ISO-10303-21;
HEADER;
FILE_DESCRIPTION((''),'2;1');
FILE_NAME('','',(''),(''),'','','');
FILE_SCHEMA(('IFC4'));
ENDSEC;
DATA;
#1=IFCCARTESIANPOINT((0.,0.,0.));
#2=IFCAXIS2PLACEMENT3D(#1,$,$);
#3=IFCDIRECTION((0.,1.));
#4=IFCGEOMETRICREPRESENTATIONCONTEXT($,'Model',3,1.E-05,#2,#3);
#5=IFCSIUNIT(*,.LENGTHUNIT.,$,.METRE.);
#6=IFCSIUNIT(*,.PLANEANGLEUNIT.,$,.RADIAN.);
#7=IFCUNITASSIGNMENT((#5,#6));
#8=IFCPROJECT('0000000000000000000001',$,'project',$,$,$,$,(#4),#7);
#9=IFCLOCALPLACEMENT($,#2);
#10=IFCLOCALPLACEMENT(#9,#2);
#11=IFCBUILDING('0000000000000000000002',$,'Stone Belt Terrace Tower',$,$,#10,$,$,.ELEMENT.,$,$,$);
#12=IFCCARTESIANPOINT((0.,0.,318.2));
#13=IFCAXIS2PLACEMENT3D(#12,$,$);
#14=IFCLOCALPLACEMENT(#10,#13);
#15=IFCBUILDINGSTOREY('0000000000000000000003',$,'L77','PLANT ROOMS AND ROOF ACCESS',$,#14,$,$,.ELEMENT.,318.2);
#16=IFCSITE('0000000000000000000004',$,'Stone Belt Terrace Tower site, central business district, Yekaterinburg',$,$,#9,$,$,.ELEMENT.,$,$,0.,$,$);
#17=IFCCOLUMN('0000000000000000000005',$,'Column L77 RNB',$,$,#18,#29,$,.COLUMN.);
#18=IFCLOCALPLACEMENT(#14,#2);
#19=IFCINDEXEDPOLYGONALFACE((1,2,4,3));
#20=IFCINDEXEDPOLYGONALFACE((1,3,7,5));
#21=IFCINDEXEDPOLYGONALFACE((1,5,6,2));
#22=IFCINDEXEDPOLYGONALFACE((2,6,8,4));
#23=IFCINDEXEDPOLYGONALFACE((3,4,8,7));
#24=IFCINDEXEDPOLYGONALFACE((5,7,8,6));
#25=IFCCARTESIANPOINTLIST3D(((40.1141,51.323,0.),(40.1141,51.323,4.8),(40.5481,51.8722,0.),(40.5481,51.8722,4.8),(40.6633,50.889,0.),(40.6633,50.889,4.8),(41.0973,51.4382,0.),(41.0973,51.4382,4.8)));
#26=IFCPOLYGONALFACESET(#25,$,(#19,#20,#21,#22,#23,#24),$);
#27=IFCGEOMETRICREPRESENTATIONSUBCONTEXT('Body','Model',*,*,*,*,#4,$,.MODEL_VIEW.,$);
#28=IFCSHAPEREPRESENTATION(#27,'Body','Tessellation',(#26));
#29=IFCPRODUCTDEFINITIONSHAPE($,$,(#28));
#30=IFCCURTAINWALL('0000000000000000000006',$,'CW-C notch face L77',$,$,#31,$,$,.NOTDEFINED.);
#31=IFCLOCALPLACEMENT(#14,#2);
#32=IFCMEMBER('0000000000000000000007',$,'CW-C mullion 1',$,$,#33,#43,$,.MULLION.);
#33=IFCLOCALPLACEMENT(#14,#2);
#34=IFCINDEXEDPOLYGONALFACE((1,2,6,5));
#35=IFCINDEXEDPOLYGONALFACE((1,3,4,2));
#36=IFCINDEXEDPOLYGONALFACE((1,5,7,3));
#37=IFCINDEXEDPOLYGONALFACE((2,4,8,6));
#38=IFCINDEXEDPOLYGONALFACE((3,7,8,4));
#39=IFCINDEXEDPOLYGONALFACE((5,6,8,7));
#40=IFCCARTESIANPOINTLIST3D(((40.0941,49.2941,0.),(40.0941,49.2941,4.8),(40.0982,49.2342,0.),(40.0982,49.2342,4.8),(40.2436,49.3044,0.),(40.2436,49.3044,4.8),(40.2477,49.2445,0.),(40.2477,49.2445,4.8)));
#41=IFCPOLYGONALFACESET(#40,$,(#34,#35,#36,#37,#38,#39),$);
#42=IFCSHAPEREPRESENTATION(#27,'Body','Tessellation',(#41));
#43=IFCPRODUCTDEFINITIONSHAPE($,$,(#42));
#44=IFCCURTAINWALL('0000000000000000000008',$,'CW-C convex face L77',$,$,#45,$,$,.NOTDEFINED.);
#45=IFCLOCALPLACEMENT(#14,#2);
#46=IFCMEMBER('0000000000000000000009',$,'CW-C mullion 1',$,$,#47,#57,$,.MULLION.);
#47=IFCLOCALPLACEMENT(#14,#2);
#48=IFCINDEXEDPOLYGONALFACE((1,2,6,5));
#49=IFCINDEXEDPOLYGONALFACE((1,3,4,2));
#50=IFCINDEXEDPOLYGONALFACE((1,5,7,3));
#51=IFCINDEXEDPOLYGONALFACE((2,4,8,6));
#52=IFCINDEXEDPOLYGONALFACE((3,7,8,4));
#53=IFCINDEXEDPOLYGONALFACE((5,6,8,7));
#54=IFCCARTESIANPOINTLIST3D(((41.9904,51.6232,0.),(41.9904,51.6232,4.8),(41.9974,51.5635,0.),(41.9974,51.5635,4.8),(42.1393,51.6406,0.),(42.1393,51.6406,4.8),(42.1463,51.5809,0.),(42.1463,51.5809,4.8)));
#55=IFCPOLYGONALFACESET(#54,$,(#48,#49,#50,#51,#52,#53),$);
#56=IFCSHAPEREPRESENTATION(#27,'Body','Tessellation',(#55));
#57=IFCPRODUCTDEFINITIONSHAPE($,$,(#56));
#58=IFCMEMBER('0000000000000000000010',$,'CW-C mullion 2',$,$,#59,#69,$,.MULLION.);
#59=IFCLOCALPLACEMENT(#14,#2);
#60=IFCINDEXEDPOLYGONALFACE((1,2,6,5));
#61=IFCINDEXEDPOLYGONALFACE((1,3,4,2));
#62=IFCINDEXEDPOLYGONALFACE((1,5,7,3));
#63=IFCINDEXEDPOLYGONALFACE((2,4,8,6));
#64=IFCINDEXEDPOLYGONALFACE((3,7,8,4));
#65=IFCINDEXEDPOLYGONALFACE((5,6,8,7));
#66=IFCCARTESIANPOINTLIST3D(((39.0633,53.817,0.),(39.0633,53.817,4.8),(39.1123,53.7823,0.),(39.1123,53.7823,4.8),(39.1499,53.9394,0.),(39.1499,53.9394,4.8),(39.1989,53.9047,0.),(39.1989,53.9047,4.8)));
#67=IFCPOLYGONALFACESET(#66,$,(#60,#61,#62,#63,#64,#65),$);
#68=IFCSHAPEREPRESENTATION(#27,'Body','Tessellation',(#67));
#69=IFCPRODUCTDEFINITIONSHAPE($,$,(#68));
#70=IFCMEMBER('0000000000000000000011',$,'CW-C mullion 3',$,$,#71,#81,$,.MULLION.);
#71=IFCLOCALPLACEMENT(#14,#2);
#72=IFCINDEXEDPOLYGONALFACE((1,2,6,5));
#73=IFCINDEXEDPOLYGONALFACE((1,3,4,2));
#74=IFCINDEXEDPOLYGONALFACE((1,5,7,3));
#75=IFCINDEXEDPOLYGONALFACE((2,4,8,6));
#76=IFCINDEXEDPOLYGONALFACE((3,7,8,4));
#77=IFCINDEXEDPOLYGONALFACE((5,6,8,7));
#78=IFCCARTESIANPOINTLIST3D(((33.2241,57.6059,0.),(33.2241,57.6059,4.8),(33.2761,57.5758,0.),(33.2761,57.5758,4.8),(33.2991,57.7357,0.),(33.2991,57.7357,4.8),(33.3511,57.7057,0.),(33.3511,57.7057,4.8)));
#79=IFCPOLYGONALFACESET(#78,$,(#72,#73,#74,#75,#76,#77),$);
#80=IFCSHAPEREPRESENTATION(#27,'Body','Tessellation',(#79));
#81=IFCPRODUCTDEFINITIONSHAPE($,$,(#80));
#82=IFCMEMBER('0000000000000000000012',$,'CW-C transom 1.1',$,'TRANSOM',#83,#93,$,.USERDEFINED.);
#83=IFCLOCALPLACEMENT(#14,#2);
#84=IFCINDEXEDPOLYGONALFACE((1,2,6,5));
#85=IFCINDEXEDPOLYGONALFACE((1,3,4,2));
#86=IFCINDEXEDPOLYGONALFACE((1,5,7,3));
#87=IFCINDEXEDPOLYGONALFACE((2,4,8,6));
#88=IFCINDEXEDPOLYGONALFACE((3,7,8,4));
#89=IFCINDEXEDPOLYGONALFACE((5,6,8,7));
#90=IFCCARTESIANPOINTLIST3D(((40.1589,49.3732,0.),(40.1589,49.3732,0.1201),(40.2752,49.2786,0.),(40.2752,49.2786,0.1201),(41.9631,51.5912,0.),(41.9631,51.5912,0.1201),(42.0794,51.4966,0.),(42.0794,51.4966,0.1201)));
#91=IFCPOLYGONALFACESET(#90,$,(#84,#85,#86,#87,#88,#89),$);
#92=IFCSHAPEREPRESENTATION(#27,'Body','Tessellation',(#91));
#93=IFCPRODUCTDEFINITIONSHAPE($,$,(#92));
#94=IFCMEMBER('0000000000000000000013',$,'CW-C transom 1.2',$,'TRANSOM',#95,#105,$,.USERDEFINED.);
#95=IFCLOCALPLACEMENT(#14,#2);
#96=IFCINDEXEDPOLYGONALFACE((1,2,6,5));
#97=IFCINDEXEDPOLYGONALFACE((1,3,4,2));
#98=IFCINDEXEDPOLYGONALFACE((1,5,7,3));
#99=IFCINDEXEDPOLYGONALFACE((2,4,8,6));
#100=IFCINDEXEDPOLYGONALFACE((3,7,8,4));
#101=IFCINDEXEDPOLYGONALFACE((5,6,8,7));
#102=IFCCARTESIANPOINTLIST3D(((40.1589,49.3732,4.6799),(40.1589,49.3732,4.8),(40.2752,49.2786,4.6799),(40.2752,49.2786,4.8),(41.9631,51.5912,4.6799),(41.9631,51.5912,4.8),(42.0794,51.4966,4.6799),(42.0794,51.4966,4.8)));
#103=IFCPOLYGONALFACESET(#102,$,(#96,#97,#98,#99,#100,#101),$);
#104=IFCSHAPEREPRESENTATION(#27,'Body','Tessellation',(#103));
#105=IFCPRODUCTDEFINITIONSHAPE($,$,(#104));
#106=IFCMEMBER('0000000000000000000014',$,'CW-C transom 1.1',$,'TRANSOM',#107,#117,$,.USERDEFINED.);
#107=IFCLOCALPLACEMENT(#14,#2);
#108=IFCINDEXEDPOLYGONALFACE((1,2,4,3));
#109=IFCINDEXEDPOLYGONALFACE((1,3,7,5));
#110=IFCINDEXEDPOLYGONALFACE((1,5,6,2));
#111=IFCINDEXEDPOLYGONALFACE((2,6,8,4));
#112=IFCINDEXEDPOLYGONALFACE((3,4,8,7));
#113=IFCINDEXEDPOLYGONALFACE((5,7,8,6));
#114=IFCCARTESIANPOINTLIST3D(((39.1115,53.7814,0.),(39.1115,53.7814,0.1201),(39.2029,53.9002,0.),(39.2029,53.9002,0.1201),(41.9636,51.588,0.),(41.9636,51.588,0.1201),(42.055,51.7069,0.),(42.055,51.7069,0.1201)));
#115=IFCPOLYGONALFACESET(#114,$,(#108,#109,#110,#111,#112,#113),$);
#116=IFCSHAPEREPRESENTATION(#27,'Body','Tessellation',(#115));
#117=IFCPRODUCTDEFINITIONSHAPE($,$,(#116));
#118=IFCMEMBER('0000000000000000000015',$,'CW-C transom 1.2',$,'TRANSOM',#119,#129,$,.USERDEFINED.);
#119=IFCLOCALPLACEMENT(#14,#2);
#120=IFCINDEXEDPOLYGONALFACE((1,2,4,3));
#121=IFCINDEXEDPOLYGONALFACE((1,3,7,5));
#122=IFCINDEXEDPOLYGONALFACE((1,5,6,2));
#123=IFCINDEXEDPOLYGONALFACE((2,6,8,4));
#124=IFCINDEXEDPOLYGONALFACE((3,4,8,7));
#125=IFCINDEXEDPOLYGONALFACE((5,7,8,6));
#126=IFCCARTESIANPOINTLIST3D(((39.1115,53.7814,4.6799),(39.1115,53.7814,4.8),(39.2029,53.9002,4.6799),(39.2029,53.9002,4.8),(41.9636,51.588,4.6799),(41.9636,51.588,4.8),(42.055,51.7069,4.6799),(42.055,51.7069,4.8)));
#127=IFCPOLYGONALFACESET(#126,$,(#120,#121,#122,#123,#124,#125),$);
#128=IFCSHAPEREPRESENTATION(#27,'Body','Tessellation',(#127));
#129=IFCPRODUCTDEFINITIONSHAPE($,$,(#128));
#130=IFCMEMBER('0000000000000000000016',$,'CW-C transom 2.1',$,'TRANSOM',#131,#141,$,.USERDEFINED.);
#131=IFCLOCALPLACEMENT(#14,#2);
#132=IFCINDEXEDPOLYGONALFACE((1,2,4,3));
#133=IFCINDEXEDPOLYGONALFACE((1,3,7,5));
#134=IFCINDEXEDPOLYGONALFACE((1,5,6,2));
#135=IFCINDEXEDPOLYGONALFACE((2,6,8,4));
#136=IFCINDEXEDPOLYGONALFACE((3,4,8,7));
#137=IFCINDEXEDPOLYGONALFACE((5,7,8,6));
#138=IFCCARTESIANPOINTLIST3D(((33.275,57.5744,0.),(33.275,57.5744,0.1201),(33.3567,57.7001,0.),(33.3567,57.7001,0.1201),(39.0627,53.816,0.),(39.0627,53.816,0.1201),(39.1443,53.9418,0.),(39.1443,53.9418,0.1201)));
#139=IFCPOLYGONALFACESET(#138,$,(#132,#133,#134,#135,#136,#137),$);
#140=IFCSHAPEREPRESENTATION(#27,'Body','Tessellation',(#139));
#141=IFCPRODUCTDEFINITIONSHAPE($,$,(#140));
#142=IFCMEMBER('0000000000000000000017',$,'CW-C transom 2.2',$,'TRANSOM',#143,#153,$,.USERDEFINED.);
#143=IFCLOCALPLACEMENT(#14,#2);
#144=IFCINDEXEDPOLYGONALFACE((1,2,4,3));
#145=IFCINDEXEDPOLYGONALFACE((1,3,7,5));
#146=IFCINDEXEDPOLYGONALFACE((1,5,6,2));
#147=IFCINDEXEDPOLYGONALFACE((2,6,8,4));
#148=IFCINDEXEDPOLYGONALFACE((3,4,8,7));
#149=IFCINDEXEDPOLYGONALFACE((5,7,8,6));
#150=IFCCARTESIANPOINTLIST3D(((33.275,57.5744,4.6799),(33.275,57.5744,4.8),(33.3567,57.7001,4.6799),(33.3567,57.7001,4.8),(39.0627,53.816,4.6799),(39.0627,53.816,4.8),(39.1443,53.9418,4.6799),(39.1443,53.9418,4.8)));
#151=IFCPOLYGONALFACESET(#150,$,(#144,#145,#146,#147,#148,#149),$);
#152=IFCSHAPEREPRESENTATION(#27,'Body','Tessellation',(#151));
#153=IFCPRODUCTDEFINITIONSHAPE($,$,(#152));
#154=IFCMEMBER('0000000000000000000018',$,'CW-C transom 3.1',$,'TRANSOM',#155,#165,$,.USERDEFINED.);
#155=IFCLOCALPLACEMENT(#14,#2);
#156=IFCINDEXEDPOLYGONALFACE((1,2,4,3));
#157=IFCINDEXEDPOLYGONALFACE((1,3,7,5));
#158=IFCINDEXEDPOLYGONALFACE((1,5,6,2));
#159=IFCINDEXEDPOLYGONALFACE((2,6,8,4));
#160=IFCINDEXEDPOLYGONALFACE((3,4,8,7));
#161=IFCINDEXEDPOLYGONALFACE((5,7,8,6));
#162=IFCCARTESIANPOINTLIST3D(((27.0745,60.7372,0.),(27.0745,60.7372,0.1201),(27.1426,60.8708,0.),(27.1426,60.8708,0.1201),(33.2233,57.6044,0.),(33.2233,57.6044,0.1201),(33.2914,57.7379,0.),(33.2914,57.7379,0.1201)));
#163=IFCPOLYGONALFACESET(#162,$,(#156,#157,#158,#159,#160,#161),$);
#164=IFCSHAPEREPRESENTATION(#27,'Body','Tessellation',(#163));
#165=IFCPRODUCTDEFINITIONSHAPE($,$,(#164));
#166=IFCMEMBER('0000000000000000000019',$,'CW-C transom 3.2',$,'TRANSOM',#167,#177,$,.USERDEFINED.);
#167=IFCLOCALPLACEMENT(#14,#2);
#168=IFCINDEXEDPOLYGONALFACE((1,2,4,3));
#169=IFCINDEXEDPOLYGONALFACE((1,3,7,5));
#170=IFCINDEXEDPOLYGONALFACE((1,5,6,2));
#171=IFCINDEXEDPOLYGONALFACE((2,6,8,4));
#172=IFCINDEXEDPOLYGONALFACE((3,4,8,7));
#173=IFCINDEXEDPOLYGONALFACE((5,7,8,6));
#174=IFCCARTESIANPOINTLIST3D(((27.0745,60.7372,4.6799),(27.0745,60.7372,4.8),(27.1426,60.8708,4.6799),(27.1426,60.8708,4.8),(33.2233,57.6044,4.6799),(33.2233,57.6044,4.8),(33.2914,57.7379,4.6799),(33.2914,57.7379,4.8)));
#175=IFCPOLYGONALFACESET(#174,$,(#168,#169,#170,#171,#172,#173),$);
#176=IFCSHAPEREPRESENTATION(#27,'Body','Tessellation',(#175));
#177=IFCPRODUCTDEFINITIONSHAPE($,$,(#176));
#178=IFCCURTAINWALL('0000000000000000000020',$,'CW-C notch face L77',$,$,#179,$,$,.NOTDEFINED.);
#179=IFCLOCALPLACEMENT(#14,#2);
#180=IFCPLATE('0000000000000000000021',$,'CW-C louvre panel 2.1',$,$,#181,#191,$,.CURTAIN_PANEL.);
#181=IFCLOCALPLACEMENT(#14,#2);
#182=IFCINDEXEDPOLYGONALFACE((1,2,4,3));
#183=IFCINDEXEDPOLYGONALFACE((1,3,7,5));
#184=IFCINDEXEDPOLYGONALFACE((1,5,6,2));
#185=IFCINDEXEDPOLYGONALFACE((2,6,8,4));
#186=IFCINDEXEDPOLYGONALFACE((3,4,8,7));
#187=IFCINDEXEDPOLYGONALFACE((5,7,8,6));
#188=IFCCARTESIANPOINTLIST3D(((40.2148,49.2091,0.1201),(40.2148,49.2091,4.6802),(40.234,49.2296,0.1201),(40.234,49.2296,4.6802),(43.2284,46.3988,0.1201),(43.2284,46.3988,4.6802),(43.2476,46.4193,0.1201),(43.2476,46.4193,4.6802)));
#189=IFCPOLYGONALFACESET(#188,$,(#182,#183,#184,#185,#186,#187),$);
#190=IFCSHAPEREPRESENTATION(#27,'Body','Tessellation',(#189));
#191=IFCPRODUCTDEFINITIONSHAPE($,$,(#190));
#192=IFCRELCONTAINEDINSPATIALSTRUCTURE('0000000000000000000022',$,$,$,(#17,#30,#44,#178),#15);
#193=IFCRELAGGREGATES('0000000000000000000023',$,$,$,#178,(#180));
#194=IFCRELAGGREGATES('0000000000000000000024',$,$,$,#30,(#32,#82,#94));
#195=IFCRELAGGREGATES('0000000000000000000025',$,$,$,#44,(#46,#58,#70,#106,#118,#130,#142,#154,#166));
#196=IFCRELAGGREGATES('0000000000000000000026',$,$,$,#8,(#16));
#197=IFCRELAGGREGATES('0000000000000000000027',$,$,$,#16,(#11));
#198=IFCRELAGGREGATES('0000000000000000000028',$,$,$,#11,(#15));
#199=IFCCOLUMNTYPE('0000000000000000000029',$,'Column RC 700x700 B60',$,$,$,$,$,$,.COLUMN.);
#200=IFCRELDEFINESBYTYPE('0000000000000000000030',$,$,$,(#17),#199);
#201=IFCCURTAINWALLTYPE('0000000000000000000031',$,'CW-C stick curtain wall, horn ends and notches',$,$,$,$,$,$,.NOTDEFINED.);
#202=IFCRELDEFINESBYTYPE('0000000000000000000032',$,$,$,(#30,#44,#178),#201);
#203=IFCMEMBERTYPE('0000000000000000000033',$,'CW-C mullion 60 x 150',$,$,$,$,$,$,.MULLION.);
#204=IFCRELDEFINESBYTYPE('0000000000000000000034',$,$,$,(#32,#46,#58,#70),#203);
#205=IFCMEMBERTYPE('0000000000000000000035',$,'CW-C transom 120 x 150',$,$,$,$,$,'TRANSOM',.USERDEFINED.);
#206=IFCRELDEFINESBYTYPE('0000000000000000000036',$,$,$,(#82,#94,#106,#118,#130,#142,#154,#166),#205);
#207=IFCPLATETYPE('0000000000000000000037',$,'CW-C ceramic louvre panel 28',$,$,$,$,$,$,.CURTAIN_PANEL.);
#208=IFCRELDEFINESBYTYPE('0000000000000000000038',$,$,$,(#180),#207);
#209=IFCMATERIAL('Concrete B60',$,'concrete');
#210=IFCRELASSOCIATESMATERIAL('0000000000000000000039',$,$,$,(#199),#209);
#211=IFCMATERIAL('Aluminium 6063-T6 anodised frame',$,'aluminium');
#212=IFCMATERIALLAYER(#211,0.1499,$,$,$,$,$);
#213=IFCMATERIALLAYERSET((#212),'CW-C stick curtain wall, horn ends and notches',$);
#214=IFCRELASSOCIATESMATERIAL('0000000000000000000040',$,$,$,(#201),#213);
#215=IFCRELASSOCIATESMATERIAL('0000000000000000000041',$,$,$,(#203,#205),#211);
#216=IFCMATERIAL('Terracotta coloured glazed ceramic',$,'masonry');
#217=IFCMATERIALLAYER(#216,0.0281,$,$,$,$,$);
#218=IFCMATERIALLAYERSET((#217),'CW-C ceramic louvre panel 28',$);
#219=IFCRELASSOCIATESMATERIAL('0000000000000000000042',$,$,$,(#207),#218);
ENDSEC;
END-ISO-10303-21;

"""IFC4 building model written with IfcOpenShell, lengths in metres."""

from ifc_helpers import new_model, si_unit, direction, frame, origin, origin_2d, place, context, subcontext, project, spatial, rectangle, extrude, material, layer, layer_set, material_profile, profile_set, type_object, element, aggregate, save


model = new_model("IFC4")

# Units and contexts
model_context = context("Model", 3, precision=1e-05, world=origin(), true_north=direction((0.0, 1.0)))
body_context = subcontext(model_context, "Body", "Model", "MODEL_VIEW")
ifc_project = project(units=[si_unit("LENGTHUNIT", "METRE"), si_unit("PLANEANGLEUNIT", "RADIAN")], contexts=[model_context])

# Site, building, storey
site_placement = place(None, origin())
site = spatial("IfcSite", under=ifc_project, at=site_placement, Name="Stone Belt Terrace Tower site, central business district, Yekaterinburg", CompositionType="ELEMENT", RefElevation=0.0)
building_placement = place(site_placement, origin())
building = spatial("IfcBuilding", under=site, at=building_placement, Name="Stone Belt Terrace Tower", CompositionType="ELEMENT")
storey_placement = place(building_placement, frame((0.0, 0.0, 318.2)))
storey = spatial("IfcBuildingStorey", under=building, at=storey_placement, Name="L77", Description="PLANT ROOMS AND ROOF ACCESS", CompositionType="ELEMENT", Elevation=318.2)

# Column
ifc_material_1 = material(Name="Concrete B60", Category="concrete")
ifc_material_profile_1 = material_profile(ifc_material_1, rectangle(XDim=0.7, YDim=0.7, at=origin_2d()), Name="RC 700x700")
ifc_profile_set_1 = profile_set([ifc_material_profile_1], Name="Concrete B60")
column_type = type_object("IfcColumnType", Name="Column RC 700x700 B60", PredefinedType="COLUMN", material=ifc_profile_set_1)
column_placement = place(storey_placement, frame((40.6057, 51.3806, 0.0), z_axis=(0.0, 0.0, 1.0), x_axis=(0.78457, -0.620041, 0.0)))
element("IfcColumn", 1, at=column_placement, inside=storey, type_object=column_type, Name="Column L77 RNB", PredefinedType="COLUMN", context=body_context, shape_type="SweptSolid", body=[
    extrude(rectangle(XDim=0.7, YDim=0.7, at=origin_2d()), origin(), (0.0, 0.0, 1.0), 4.8),
])

# Curtain wall, member
ifc_material_2 = material(Name="Aluminium 6063-T6 anodised frame", Category="aluminium")
ifc_layer_1 = layer(ifc_material_2, 0.1499)
ifc_layer_set_1 = layer_set([ifc_layer_1], Name="CW-C stick curtain wall, horn ends and notches")
curtain_wall_type = type_object("IfcCurtainWallType", Name="CW-C stick curtain wall, horn ends and notches", PredefinedType="NOTDEFINED", material=ifc_layer_set_1)
curtain_wall_1_placement = place(storey_placement, origin())
curtain_wall_1 = element("IfcCurtainWall", 2, at=curtain_wall_1_placement, inside=storey, type_object=curtain_wall_type, Name="CW-C notch face L77", PredefinedType="NOTDEFINED")
ifc_material_profile_2 = material_profile(ifc_material_2, rectangle(XDim=0.1499, YDim=0.0601, at=origin_2d()), Name="Aluminium 6063-T6 60x150")
ifc_profile_set_2 = profile_set([ifc_material_profile_2], Name="Aluminium 6063-T6 anodised frame")
member_type_1 = type_object("IfcMemberType", Name="CW-C mullion 60 x 150", PredefinedType="MULLION", material=ifc_profile_set_2)
member_1_placement = place(storey_placement, frame((40.1709, 49.2693, 0.0), z_axis=(0.0, 0.0, 1.0), x_axis=(-0.99764, -0.068666, 0.0)))
member_1 = element("IfcMember", 3, at=member_1_placement, type_object=member_type_1, Name="CW-C mullion 1", PredefinedType="MULLION", context=body_context, shape_type="SweptSolid", body=[
    extrude(rectangle(XDim=0.1499, YDim=0.0601, at=origin_2d()), origin(), (0.0, 0.0, 1.0), 4.8),
])

# Curtain wall, members
curtain_wall_2_placement = place(storey_placement, origin())
curtain_wall_2 = element("IfcCurtainWall", 4, at=curtain_wall_2_placement, inside=storey, type_object=curtain_wall_type, Name="CW-C convex face L77", PredefinedType="NOTDEFINED")
member_2_placement = place(storey_placement, frame((42.0684, 51.6021, 0.0), z_axis=(0.0, 0.0, 1.0), x_axis=(-0.993258, -0.115925, 0.0)))
member_2 = element("IfcMember", 5, at=member_2_placement, type_object=member_type_1, Name="CW-C mullion 1", PredefinedType="MULLION", context=body_context, shape_type="SweptSolid", body=[
    extrude(rectangle(XDim=0.1499, YDim=0.0601, at=origin_2d()), origin(), (0.0, 0.0, 1.0), 4.8),
])
member_3_placement = place(storey_placement, frame((39.1311, 53.8608, 0.0), z_axis=(0.0, 0.0, 1.0), x_axis=(-0.577587, -0.816329, 0.0)))
member_3 = element("IfcMember", 6, at=member_3_placement, type_object=member_type_1, Name="CW-C mullion 2", PredefinedType="MULLION", context=body_context, shape_type="SweptSolid", body=[
    extrude(rectangle(XDim=0.1499, YDim=0.0601, at=origin_2d()), origin(), (0.0, 0.0, 1.0), 4.8),
])
member_4_placement = place(storey_placement, frame((33.2876, 57.6558, 0.0), z_axis=(0.0, 0.0, 1.0), x_axis=(-0.5, -0.866025, 0.0)))
member_4 = element("IfcMember", 7, at=member_4_placement, type_object=member_type_1, Name="CW-C mullion 3", PredefinedType="MULLION", context=body_context, shape_type="SweptSolid", body=[
    extrude(rectangle(XDim=0.1499, YDim=0.0601, at=origin_2d()), origin(), (0.0, 0.0, 1.0), 4.8),
])

# Members
ifc_material_profile_3 = material_profile(ifc_material_2, rectangle(XDim=0.1499, YDim=0.1201, at=origin_2d()), Name="Aluminium 6063-T6 150x120")
ifc_profile_set_3 = profile_set([ifc_material_profile_3], Name="Aluminium 6063-T6 anodised frame")
member_type_2 = type_object("IfcMemberType", Name="CW-C transom 120 x 150", ElementType="TRANSOM", PredefinedType="USERDEFINED", material=ifc_profile_set_3)
member_5_placement = place(storey_placement, frame((40.217, 49.3259, 0.0601), z_axis=(0.631027, 0.775761, 0.0), x_axis=(-0.775761, 0.631027, 0.0)))
member_5 = element("IfcMember", 8, at=member_5_placement, type_object=member_type_2, Name="CW-C transom 1.1", ObjectType="TRANSOM", PredefinedType="USERDEFINED", context=body_context, shape_type="SweptSolid", body=[
    extrude(rectangle(XDim=0.1499, YDim=0.1201, at=origin_2d()), origin(), (0.0, 0.0, 1.0), 2.8591),
])
member_6_placement = place(storey_placement, frame((40.217, 49.3259, 4.74), z_axis=(0.631027, 0.775761, 0.0), x_axis=(-0.775761, 0.631027, 0.0)))
member_6 = element("IfcMember", 9, at=member_6_placement, type_object=member_type_2, Name="CW-C transom 1.2", ObjectType="TRANSOM", PredefinedType="USERDEFINED", context=body_context, shape_type="SweptSolid", body=[
    extrude(rectangle(XDim=0.1499, YDim=0.1201, at=origin_2d()), origin(), (0.0, 0.0, 1.0), 2.8591),
])
member_7_placement = place(storey_placement, frame((42.0093, 51.6475, 0.0601), z_axis=(-0.792695, 0.609619, 0.0), x_axis=(-0.609619, -0.792695, 0.0)))
member_7 = element("IfcMember", 10, at=member_7_placement, type_object=member_type_2, Name="CW-C transom 1.1", ObjectType="TRANSOM", PredefinedType="USERDEFINED", context=body_context, shape_type="SweptSolid", body=[
    extrude(rectangle(XDim=0.1499, YDim=0.1201, at=origin_2d()), origin(), (0.0, 0.0, 1.0), 3.5979),
])
member_8_placement = place(storey_placement, frame((42.0093, 51.6475, 4.74), z_axis=(-0.792695, 0.609619, 0.0), x_axis=(-0.609619, -0.792695, 0.0)))
member_8 = element("IfcMember", 11, at=member_8_placement, type_object=member_type_2, Name="CW-C transom 1.2", ObjectType="TRANSOM", PredefinedType="USERDEFINED", context=body_context, shape_type="SweptSolid", body=[
    extrude(rectangle(XDim=0.1499, YDim=0.1201, at=origin_2d()), origin(), (0.0, 0.0, 1.0), 3.5979),
])
member_9_placement = place(storey_placement, frame((39.1035, 53.8789, 0.0601), z_axis=(-0.838684, 0.544618, 0.0), x_axis=(-0.544618, -0.838684, 0.0)))
member_9 = element("IfcMember", 12, at=member_9_placement, type_object=member_type_2, Name="CW-C transom 2.1", ObjectType="TRANSOM", PredefinedType="USERDEFINED", context=body_context, shape_type="SweptSolid", body=[
    extrude(rectangle(XDim=0.1499, YDim=0.1201, at=origin_2d()), origin(), (0.0, 0.0, 1.0), 6.9009),
])
member_10_placement = place(storey_placement, frame((39.1035, 53.8789, 4.74), z_axis=(-0.838684, 0.544618, 0.0), x_axis=(-0.544618, -0.838684, 0.0)))
member_10 = element("IfcMember", 13, at=member_10_placement, type_object=member_type_2, Name="CW-C transom 2.2", ObjectType="TRANSOM", PredefinedType="USERDEFINED", context=body_context, shape_type="SweptSolid", body=[
    extrude(rectangle(XDim=0.1499, YDim=0.1201, at=origin_2d()), origin(), (0.0, 0.0, 1.0), 6.9009),
])
member_11_placement = place(storey_placement, frame((33.2573, 57.6711, 0.0601), z_axis=(-0.891012, 0.453979, 0.0), x_axis=(-0.453979, -0.891012, 0.0)))
member_11 = element("IfcMember", 14, at=member_11_placement, type_object=member_type_2, Name="CW-C transom 3.1", ObjectType="TRANSOM", PredefinedType="USERDEFINED", context=body_context, shape_type="SweptSolid", body=[
    extrude(rectangle(XDim=0.1499, YDim=0.1201, at=origin_2d()), origin(), (0.0, 0.0, 1.0), 6.9009),
])
member_12_placement = place(storey_placement, frame((33.2573, 57.6711, 4.74), z_axis=(-0.891012, 0.453979, 0.0), x_axis=(-0.453979, -0.891012, 0.0)))
member_12 = element("IfcMember", 15, at=member_12_placement, type_object=member_type_2, Name="CW-C transom 3.2", ObjectType="TRANSOM", PredefinedType="USERDEFINED", context=body_context, shape_type="SweptSolid", body=[
    extrude(rectangle(XDim=0.1499, YDim=0.1201, at=origin_2d()), origin(), (0.0, 0.0, 1.0), 6.9009),
])

# Curtain wall, plate
curtain_wall_3_placement = place(storey_placement, origin())
curtain_wall_3 = element("IfcCurtainWall", 16, at=curtain_wall_3_placement, inside=storey, type_object=curtain_wall_type, Name="CW-C notch face L77", PredefinedType="NOTDEFINED")
ifc_material_3 = material(Name="Terracotta coloured glazed ceramic", Category="masonry")
ifc_layer_2 = layer(ifc_material_3, 0.0281)
ifc_layer_set_2 = layer_set([ifc_layer_2], Name="CW-C ceramic louvre panel 28")
plate_type = type_object("IfcPlateType", Name="CW-C ceramic louvre panel 28", PredefinedType="CURTAIN_PANEL", material=ifc_layer_set_2)
plate_1_placement = place(storey_placement, frame((41.7312, 47.8142, 0.1201), z_axis=(0.0, 0.0, 1.0), x_axis=(-0.731339, 0.682014, 0.0)))
plate_1 = element("IfcPlate", 17, at=plate_1_placement, type_object=plate_type, Name="CW-C louvre panel 2.1", PredefinedType="CURTAIN_PANEL", context=body_context, shape_type="SweptSolid", body=[
    extrude(rectangle(XDim=4.1206, YDim=0.0281, at=origin_2d()), origin(), (0.0, 0.0, 1.0), 4.5601),
])
aggregate(curtain_wall_3, [plate_1])

aggregate(curtain_wall_1, [member_1, member_5, member_6])
aggregate(curtain_wall_2, [member_2, member_3, member_4, member_7, member_8, member_9, member_10, member_11, member_12])

save(model, "model.ifc")
